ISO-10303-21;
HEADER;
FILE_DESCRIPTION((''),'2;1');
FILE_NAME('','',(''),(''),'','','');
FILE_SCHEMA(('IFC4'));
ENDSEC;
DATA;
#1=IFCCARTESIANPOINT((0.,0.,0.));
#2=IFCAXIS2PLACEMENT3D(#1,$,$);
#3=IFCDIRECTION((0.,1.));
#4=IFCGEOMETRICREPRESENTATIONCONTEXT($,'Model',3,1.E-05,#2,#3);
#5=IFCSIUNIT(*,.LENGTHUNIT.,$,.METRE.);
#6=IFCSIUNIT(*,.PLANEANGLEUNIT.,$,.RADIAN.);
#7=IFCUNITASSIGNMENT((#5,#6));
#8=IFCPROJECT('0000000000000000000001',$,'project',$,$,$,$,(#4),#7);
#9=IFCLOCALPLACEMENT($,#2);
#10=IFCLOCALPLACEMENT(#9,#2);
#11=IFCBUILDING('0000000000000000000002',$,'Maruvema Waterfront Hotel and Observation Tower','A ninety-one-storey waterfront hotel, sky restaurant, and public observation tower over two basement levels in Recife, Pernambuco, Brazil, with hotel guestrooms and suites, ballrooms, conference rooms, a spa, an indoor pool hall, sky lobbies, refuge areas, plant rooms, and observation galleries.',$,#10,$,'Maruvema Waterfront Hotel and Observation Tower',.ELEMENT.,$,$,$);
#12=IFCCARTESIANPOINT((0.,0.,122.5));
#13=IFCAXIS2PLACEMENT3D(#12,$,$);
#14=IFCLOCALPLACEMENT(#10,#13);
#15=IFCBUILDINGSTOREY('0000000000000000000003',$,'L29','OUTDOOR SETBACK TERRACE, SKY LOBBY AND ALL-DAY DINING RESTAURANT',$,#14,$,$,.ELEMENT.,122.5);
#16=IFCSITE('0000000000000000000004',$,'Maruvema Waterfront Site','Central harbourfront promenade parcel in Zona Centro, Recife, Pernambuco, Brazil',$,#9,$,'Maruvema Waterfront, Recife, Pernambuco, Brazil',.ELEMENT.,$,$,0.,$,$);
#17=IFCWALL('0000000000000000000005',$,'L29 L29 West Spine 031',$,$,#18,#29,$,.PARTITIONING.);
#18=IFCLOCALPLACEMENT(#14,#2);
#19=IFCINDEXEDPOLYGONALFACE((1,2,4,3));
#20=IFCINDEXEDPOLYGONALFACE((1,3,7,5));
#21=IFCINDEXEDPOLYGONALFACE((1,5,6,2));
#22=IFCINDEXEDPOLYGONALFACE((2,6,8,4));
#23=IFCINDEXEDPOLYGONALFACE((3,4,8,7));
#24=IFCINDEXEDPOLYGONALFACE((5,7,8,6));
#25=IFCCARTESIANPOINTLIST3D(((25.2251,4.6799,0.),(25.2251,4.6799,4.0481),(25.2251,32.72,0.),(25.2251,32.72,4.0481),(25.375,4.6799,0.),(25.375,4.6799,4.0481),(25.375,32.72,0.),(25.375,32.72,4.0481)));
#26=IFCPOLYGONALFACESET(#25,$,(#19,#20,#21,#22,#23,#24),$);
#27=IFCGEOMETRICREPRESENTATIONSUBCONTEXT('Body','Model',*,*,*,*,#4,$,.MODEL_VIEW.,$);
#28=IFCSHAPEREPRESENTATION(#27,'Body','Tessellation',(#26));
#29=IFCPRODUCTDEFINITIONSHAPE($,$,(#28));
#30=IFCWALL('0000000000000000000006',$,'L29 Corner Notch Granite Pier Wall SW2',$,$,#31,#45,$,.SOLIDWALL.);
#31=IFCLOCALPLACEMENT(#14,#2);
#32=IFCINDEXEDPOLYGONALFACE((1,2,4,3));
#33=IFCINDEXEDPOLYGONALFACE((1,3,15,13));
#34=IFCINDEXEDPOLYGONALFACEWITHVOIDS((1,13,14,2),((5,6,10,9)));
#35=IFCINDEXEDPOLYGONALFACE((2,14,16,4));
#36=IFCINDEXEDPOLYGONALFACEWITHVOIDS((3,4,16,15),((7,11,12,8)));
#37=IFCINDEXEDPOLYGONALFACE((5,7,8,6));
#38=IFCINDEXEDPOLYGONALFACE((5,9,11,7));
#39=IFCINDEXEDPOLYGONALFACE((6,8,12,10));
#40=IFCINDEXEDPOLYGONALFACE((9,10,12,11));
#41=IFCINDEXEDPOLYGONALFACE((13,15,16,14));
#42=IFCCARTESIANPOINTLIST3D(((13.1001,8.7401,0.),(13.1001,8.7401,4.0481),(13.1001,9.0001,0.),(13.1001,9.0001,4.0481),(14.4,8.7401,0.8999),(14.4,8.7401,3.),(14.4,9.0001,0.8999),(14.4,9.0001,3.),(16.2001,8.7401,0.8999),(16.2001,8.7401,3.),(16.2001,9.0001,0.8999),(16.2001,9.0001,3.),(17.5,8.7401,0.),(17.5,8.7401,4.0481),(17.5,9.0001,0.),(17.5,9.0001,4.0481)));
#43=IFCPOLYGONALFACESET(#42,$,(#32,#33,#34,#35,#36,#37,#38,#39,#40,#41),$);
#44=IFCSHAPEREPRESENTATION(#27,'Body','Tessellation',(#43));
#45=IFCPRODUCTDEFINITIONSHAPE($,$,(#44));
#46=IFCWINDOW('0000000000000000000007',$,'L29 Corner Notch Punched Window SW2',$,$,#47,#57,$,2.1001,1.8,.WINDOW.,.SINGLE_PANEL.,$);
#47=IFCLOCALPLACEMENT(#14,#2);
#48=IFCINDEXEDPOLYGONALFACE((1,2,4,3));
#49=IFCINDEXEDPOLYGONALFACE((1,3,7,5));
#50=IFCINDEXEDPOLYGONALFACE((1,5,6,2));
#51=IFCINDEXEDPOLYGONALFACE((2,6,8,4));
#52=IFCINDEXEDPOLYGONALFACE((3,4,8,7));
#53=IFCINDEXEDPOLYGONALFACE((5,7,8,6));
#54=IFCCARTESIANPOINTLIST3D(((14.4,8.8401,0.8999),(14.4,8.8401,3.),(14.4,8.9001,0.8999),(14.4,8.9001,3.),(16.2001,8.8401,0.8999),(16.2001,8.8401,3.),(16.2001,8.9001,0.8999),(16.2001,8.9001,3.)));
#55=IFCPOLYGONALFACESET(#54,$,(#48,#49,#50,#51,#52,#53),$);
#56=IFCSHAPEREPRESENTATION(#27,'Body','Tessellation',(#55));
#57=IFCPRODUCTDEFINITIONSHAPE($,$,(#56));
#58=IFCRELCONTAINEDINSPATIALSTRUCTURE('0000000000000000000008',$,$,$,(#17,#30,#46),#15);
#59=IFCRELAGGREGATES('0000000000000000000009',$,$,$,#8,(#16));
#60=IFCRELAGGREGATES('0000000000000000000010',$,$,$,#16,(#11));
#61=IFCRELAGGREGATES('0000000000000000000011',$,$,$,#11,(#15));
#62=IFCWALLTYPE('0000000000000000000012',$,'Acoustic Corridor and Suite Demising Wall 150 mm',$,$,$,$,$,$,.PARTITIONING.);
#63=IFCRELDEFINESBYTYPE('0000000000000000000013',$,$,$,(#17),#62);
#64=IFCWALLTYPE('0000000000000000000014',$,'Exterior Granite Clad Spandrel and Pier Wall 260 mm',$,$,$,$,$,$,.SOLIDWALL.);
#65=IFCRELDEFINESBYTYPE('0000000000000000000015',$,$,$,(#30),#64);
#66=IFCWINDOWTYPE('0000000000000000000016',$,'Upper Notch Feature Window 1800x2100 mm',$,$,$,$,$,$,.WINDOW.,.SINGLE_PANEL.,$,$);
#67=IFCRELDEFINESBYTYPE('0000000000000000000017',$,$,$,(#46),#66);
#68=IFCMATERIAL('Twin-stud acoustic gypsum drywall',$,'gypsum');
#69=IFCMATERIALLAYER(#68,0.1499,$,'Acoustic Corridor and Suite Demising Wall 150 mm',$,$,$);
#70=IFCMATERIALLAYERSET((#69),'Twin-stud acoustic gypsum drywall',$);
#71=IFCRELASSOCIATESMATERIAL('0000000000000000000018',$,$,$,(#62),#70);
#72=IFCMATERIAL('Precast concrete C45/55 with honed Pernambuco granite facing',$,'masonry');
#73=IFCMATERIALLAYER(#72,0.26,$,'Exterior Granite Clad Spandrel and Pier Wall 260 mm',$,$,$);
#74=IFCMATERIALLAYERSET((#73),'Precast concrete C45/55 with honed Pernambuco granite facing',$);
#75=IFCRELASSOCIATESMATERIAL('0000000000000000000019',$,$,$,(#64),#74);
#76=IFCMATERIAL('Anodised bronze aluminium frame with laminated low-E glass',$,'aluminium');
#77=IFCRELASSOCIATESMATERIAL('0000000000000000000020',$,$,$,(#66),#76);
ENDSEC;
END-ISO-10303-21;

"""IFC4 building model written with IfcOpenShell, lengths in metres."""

from ifc_helpers import new_model, si_unit, direction, frame, frame_2d, origin, place, context, subcontext, project, spatial, rectangle, extrude, material, layer, layer_set, type_object, element, fill, save


model = new_model("IFC4")

# Units and contexts
model_context = context("Model", 3, precision=1e-05, world=origin(), true_north=direction((0.0, 1.0)))
body_context = subcontext(model_context, "Body", "Model", "MODEL_VIEW")
ifc_project = project(units=[si_unit("LENGTHUNIT", "METRE"), si_unit("PLANEANGLEUNIT", "RADIAN")], contexts=[model_context])

# Site, building, storey
site_placement = place(None, origin())
site = spatial("IfcSite", under=ifc_project, at=site_placement, Name="Maruvema Waterfront Site", Description="Central harbourfront promenade parcel in Zona Centro, Recife, Pernambuco, Brazil", LongName="Maruvema Waterfront, Recife, Pernambuco, Brazil", CompositionType="ELEMENT", RefElevation=0.0)
building_placement = place(site_placement, origin())
building = spatial("IfcBuilding", under=site, at=building_placement, Name="Maruvema Waterfront Hotel and Observation Tower", Description="A ninety-one-storey waterfront hotel, sky restaurant, and public observation tower over two basement levels in Recife, Pernambuco, Brazil, with hotel guestrooms and suites, ballrooms, conference rooms, a spa, an indoor pool hall, sky lobbies, refuge areas, plant rooms, and observation galleries.", LongName="Maruvema Waterfront Hotel and Observation Tower", CompositionType="ELEMENT")
storey_placement = place(building_placement, frame((0.0, 0.0, 122.5)))
storey = spatial("IfcBuildingStorey", under=building, at=storey_placement, Name="L29", Description="OUTDOOR SETBACK TERRACE, SKY LOBBY AND ALL-DAY DINING RESTAURANT", CompositionType="ELEMENT", Elevation=122.5)

# Wall
ifc_material_1 = material(Name="Twin-stud acoustic gypsum drywall", Category="gypsum")
ifc_layer_1 = layer(ifc_material_1, 0.1499, Name="Acoustic Corridor and Suite Demising Wall 150 mm")
ifc_layer_set_1 = layer_set([ifc_layer_1], Name="Twin-stud acoustic gypsum drywall")
wall_type_1 = type_object("IfcWallType", Name="Acoustic Corridor and Suite Demising Wall 150 mm", PredefinedType="PARTITIONING", material=ifc_layer_set_1)
wall_1_placement = place(storey_placement, frame((25.3, 4.6799, 0.0), z_axis=(0.0, 0.0, 1.0), x_axis=(0.0, 1.0, 0.0)))
element("IfcWall", 1, at=wall_1_placement, inside=storey, type_object=wall_type_1, Name="L29 L29 West Spine 031", PredefinedType="PARTITIONING", context=body_context, shape_type="SweptSolid", body=[
    extrude(rectangle(XDim=28.04, YDim=0.1499, at=frame_2d((14.02, 0.0))), origin(), (0.0, 0.0, 1.0), 4.0481),
])

# Wall, opening, window
ifc_material_2 = material(Name="Precast concrete C45/55 with honed Pernambuco granite facing", Category="masonry")
ifc_layer_2 = layer(ifc_material_2, 0.26, Name="Exterior Granite Clad Spandrel and Pier Wall 260 mm")
ifc_layer_set_2 = layer_set([ifc_layer_2], Name="Precast concrete C45/55 with honed Pernambuco granite facing")
wall_type_2 = type_object("IfcWallType", Name="Exterior Granite Clad Spandrel and Pier Wall 260 mm", PredefinedType="SOLIDWALL", material=ifc_layer_set_2)
wall_2_placement = place(storey_placement, frame((17.5, 8.8701, 0.0), z_axis=(0.0, 0.0, 1.0), x_axis=(-1.0, 0.0, 0.0)))
wall_2 = element("IfcWall", 2, at=wall_2_placement, inside=storey, type_object=wall_type_2, Name="L29 Corner Notch Granite Pier Wall SW2", PredefinedType="SOLIDWALL", context=body_context, shape_type="SweptSolid", body=[
    extrude(rectangle(XDim=4.3999, YDim=0.26, at=frame_2d((2.2, 0.0))), origin(), (0.0, 0.0, 1.0), 4.0481),
])
opening_placement = place(wall_2_placement, frame((1.3, 0.0, 0.8999)))
opening = element("IfcOpeningElement", 3, at=opening_placement, cuts=wall_2, PredefinedType="OPENING", context=body_context, shape_type="SweptSolid", body=[
    extrude(rectangle(XDim=1.8, YDim=2.1001, at=frame_2d((0.8999, 1.05))), frame((0.0, 0.1401, 0.0), z_axis=(0.0, -1.0, 0.0), x_axis=(1.0, 0.0, 0.0)), (0.0, 0.0, 1.0), 0.28),
])
ifc_material_3 = material(Name="Anodised bronze aluminium frame with laminated low-E glass", Category="aluminium")
window_type = type_object("IfcWindowType", Name="Upper Notch Feature Window 1800x2100 mm", PartitioningType="SINGLE_PANEL", PredefinedType="WINDOW", material=ifc_material_3)
window_placement = place(opening_placement, origin())
window = element("IfcWindow", 4, at=window_placement, inside=storey, type_object=window_type, Name="L29 Corner Notch Punched Window SW2", OverallHeight=2.1001, OverallWidth=1.8, PartitioningType="SINGLE_PANEL", PredefinedType="WINDOW", context=body_context, shape_type="SweptSolid", body=[
    extrude(rectangle(XDim=1.8, YDim=2.1001, at=frame_2d((0.8999, 1.05))), frame((0.0, 0.03, 0.0), z_axis=(0.0, -1.0, 0.0), x_axis=(1.0, 0.0, 0.0)), (0.0, 0.0, 1.0), 0.0601),
])
fill(opening, window)

save(model, "model.ifc")
